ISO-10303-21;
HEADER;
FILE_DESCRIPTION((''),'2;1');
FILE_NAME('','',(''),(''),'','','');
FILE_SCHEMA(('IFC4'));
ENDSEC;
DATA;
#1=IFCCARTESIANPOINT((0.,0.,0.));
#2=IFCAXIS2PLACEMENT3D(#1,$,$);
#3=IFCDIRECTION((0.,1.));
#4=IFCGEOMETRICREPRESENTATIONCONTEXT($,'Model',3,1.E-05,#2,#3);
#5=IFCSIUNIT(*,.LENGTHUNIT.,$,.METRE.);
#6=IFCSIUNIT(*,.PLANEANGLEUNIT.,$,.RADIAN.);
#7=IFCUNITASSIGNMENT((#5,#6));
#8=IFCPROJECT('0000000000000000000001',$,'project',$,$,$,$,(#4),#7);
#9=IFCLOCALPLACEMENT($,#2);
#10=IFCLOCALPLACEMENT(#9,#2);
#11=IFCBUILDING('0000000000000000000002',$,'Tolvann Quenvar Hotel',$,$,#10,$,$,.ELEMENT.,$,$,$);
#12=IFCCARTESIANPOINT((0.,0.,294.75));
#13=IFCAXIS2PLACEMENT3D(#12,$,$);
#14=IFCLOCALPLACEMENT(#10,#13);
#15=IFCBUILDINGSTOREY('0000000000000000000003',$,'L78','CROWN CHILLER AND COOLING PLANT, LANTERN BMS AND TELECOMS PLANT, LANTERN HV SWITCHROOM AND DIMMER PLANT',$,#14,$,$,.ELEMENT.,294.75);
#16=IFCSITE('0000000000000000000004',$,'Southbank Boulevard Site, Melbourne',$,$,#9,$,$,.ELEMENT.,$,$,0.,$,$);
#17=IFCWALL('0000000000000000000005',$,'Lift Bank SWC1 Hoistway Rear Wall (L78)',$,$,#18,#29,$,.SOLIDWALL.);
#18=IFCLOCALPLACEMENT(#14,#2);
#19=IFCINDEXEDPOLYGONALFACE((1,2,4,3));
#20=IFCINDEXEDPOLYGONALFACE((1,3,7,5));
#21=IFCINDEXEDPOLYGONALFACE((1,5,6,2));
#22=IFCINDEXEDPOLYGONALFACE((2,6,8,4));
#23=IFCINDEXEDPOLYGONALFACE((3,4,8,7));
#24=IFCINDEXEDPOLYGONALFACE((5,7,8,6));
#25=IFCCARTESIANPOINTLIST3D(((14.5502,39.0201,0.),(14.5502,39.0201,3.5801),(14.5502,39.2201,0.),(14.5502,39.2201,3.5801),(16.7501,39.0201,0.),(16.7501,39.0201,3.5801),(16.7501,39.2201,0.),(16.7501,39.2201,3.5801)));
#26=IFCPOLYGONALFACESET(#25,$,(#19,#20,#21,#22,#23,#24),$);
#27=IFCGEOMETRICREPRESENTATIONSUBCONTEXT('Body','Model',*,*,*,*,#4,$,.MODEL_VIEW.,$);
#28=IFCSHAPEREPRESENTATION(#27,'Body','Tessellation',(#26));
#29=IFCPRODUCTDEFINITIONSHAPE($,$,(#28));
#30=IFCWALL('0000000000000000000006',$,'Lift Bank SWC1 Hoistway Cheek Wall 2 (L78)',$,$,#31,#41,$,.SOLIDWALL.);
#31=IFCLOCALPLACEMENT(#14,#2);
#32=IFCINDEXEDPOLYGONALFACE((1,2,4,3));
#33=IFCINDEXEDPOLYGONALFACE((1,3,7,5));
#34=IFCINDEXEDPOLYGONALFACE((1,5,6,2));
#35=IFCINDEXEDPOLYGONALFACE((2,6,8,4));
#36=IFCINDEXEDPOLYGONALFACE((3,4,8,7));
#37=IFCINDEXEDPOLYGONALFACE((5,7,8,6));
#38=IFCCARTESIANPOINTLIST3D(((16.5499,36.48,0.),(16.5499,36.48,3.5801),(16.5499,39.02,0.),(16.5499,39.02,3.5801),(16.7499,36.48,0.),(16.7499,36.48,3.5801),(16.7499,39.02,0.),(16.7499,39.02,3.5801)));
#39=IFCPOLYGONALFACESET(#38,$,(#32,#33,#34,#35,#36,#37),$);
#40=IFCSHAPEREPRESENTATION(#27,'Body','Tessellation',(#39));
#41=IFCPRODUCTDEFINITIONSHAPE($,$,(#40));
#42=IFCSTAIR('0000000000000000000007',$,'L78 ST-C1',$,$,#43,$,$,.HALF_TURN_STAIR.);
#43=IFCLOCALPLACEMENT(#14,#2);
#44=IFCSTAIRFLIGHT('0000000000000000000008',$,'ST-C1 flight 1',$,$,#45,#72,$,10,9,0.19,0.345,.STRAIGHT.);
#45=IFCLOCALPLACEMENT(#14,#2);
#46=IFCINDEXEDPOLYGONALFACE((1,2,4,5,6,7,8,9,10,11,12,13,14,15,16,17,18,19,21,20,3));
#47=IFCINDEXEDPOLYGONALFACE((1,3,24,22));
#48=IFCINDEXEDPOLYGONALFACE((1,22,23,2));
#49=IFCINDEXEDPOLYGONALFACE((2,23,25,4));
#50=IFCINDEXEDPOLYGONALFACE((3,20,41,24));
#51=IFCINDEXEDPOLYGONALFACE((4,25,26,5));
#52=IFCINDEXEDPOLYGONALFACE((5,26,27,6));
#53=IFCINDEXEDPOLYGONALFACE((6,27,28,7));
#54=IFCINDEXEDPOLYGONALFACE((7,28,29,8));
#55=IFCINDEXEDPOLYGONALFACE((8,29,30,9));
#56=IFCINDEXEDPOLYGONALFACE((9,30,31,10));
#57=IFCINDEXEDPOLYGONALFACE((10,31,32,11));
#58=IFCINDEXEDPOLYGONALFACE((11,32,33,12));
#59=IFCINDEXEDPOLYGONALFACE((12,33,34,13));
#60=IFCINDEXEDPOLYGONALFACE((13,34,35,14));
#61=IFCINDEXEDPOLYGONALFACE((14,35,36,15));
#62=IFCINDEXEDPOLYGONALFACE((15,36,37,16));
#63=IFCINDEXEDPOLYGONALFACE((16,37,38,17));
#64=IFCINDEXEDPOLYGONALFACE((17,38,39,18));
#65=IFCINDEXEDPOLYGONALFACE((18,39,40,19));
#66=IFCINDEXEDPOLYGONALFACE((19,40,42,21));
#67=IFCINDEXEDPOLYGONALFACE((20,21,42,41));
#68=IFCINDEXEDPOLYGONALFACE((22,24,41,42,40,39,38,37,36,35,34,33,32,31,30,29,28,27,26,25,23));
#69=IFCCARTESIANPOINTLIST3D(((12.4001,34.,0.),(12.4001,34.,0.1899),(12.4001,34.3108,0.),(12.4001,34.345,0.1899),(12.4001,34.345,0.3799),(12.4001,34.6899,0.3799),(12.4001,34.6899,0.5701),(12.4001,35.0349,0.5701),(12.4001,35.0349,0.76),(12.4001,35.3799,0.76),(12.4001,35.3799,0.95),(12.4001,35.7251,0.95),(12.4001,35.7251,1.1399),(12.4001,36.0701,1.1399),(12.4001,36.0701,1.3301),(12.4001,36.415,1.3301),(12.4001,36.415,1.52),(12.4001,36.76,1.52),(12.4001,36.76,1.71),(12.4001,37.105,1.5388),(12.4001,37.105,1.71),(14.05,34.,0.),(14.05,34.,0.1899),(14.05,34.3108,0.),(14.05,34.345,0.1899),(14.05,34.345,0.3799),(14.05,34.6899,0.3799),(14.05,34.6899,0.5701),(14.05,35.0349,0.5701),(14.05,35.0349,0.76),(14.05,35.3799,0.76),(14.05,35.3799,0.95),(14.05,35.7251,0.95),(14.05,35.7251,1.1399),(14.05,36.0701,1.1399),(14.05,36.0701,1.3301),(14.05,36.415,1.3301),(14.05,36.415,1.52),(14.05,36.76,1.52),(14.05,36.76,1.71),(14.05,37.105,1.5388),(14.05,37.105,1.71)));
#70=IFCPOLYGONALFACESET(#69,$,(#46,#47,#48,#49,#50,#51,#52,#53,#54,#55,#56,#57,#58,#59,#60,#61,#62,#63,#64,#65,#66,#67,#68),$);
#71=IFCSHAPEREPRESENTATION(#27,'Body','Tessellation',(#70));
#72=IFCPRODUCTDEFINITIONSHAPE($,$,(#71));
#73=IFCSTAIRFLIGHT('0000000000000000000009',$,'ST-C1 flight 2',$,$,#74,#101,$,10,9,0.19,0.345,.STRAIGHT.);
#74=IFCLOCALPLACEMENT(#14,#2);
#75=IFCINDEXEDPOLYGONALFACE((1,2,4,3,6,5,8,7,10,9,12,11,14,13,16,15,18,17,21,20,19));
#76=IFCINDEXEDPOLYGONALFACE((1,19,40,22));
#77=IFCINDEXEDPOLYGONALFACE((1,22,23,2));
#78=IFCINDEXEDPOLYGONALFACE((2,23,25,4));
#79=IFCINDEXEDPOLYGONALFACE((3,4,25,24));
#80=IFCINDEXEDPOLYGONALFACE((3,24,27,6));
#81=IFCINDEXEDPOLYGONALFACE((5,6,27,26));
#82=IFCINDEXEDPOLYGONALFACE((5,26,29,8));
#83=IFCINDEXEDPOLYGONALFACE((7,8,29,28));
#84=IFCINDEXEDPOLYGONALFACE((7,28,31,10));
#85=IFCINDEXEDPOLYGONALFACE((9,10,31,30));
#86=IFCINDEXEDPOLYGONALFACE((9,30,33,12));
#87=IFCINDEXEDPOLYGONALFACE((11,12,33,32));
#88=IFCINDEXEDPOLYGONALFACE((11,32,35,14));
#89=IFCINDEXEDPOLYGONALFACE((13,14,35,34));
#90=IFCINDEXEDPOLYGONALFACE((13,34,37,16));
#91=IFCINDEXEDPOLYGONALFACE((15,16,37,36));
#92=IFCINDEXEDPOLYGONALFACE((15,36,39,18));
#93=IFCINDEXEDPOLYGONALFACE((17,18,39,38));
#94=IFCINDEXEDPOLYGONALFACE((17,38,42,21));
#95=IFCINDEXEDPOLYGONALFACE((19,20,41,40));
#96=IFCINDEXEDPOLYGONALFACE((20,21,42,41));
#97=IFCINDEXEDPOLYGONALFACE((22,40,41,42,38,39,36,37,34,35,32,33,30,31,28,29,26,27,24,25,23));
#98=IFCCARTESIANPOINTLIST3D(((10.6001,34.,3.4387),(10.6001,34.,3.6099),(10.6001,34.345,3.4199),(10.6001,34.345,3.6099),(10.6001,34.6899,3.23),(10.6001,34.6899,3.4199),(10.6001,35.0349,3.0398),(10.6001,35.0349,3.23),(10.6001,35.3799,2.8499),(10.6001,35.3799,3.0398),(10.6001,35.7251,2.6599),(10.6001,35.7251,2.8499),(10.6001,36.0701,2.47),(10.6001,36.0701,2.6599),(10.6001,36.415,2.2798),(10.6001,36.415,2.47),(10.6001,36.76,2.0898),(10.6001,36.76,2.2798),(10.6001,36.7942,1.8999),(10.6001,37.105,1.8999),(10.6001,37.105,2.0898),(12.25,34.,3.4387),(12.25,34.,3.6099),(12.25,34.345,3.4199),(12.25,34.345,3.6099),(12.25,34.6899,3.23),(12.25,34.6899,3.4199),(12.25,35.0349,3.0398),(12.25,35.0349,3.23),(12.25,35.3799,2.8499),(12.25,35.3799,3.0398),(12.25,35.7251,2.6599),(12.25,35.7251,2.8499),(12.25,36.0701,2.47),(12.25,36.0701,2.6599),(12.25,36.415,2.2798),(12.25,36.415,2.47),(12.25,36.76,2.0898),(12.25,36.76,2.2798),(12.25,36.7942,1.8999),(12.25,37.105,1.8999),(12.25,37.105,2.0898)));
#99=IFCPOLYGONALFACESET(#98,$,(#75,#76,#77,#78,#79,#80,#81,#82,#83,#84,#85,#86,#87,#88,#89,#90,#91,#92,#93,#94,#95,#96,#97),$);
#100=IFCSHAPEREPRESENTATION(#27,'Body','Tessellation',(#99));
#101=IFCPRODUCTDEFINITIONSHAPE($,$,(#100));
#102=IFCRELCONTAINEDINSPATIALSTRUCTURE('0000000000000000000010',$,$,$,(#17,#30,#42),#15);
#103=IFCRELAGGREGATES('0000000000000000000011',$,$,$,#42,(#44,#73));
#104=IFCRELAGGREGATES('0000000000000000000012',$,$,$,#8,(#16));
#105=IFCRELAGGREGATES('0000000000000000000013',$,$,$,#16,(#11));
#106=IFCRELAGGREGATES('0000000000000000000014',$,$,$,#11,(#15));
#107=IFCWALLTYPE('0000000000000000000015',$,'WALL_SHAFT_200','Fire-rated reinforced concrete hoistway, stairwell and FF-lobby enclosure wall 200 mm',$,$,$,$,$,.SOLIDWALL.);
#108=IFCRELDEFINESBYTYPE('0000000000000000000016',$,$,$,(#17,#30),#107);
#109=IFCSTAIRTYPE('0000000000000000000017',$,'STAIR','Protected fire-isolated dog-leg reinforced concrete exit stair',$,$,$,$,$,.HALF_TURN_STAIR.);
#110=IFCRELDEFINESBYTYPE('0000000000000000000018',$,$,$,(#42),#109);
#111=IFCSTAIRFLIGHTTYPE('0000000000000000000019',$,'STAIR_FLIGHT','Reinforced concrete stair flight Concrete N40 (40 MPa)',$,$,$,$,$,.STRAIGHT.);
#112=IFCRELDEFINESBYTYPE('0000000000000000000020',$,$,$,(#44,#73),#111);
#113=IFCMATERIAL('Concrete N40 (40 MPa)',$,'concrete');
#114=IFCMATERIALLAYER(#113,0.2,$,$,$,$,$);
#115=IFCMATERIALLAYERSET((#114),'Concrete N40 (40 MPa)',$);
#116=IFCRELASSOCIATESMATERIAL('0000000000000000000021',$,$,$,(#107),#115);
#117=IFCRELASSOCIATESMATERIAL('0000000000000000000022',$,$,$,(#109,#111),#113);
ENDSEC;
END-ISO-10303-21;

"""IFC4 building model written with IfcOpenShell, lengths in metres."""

from ifc_helpers import new_model, si_unit, direction, frame, frame_2d, origin, place, context, subcontext, project, spatial, polyline, rectangle, outline, extrude, material, layer, layer_set, type_object, element, aggregate, save


model = new_model("IFC4")

# Units and contexts
model_context = context("Model", 3, precision=1e-05, world=origin(), true_north=direction((0.0, 1.0)))
body_context = subcontext(model_context, "Body", "Model", "MODEL_VIEW")
ifc_project = project(units=[si_unit("LENGTHUNIT", "METRE"), si_unit("PLANEANGLEUNIT", "RADIAN")], contexts=[model_context])

# Site, building, storey
site_placement = place(None, origin())
site = spatial("IfcSite", under=ifc_project, at=site_placement, Name="Southbank Boulevard Site, Melbourne", CompositionType="ELEMENT", RefElevation=0.0)
building_placement = place(site_placement, origin())
building = spatial("IfcBuilding", under=site, at=building_placement, Name="Tolvann Quenvar Hotel", CompositionType="ELEMENT")
storey_placement = place(building_placement, frame((0.0, 0.0, 294.75)))
storey = spatial("IfcBuildingStorey", under=building, at=storey_placement, Name="L78", Description="CROWN CHILLER AND COOLING PLANT, LANTERN BMS AND TELECOMS PLANT, LANTERN HV SWITCHROOM AND DIMMER PLANT", CompositionType="ELEMENT", Elevation=294.75)

# Shared definitions
ifc_material_1 = material(Name="Concrete N40 (40 MPa)", Category="concrete")
ifc_layer_1 = layer(ifc_material_1, 0.2)
ifc_layer_set_1 = layer_set([ifc_layer_1], Name="Concrete N40 (40 MPa)")
wall_type = type_object("IfcWallType", Name="WALL_SHAFT_200", Description="Fire-rated reinforced concrete hoistway, stairwell and FF-lobby enclosure wall 200 mm", PredefinedType="SOLIDWALL", material=ifc_layer_set_1)

# Walls
wall_1_placement = place(storey_placement, frame((14.55, 39.1201, 0.0), z_axis=(0.0, 0.0, 1.0), x_axis=(1.0, 0.0, 0.0)))
element("IfcWall", 1, at=wall_1_placement, inside=storey, type_object=wall_type, Name="Lift Bank SWC1 Hoistway Rear Wall (L78)", PredefinedType="SOLIDWALL", context=body_context, shape_type="SweptSolid", body=[
    extrude(rectangle(XDim=2.2, YDim=0.2, at=frame_2d((1.1001, 0.0))), origin(), (0.0, 0.0, 1.0), 3.5801),
])
wall_2_placement = place(storey_placement, frame((16.6499, 36.48, 0.0), z_axis=(0.0, 0.0, 1.0), x_axis=(0.0, 1.0, 0.0)))
element("IfcWall", 2, at=wall_2_placement, inside=storey, type_object=wall_type, Name="Lift Bank SWC1 Hoistway Cheek Wall 2 (L78)", PredefinedType="SOLIDWALL", context=body_context, shape_type="SweptSolid", body=[
    extrude(rectangle(XDim=2.54, YDim=0.2, at=frame_2d((1.27, 0.0))), origin(), (0.0, 0.0, 1.0), 3.5801),
])

# Stair, stair flights
stair_type = type_object("IfcStairType", Name="STAIR", Description="Protected fire-isolated dog-leg reinforced concrete exit stair", PredefinedType="HALF_TURN_STAIR", material=ifc_material_1)
stair_placement = place(storey_placement, origin())
stair = element("IfcStair", 3, at=stair_placement, inside=storey, type_object=stair_type, Name="L78 ST-C1", PredefinedType="HALF_TURN_STAIR")
stair_flight_type = type_object("IfcStairFlightType", Name="STAIR_FLIGHT", Description="Reinforced concrete stair flight Concrete N40 (40 MPa)", PredefinedType="STRAIGHT", material=ifc_material_1)
stair_flight_1_placement = place(storey_placement, frame((13.2251, 34.0, 0.0), z_axis=(0.0, 0.0, 1.0), x_axis=(0.0, 1.0, 0.0)))
stair_flight_1 = element("IfcStairFlight", 4, at=stair_flight_1_placement, type_object=stair_flight_type, Name="ST-C1 flight 1", NumberOfRisers=10, NumberOfTreads=9, PredefinedType="STRAIGHT", RiserHeight=0.19, TreadLength=0.345, context=body_context, shape_type="SweptSolid", body=[
    extrude(outline(polyline([(0.0, 0.0), (0.0, 0.1899), (0.345, 0.1899), (0.345, 0.3799), (0.6899, 0.3799), (0.6899, 0.5701), (1.0349, 0.5701), (1.0349, 0.76), (1.3799, 0.76), (1.3799, 0.95), (1.7251, 0.95), (1.7251, 1.1399), (2.0701, 1.1399), (2.0701, 1.3301), (2.415, 1.3301), (2.415, 1.52), (2.76, 1.52), (2.76, 1.71), (3.105, 1.71), (3.105, 1.8999), (3.105, 1.5388), (0.3108, 0.0), (0.0, 0.0)])), frame((0.0, 0.825, 0.0), z_axis=(0.0, -1.0, 0.0), x_axis=(1.0, 0.0, 0.0)), (0.0, 0.0, 1.0), 1.6499),
])
stair_flight_2_placement = place(storey_placement, frame((11.425, 37.105, 1.8999), z_axis=(0.0, 0.0, 1.0), x_axis=(0.0, -1.0, 0.0)))
stair_flight_2 = element("IfcStairFlight", 5, at=stair_flight_2_placement, type_object=stair_flight_type, Name="ST-C1 flight 2", NumberOfRisers=10, NumberOfTreads=9, PredefinedType="STRAIGHT", RiserHeight=0.19, TreadLength=0.345, context=body_context, shape_type="SweptSolid", body=[
    extrude(outline(polyline([(0.0, 0.0), (0.0, 0.1899), (0.345, 0.1899), (0.345, 0.3799), (0.6899, 0.3799), (0.6899, 0.5701), (1.0349, 0.5701), (1.0349, 0.76), (1.3799, 0.76), (1.3799, 0.95), (1.7251, 0.95), (1.7251, 1.1399), (2.0701, 1.1399), (2.0701, 1.3301), (2.415, 1.3301), (2.415, 1.52), (2.76, 1.52), (2.76, 1.71), (3.105, 1.71), (3.105, 1.8999), (3.105, 1.5388), (0.3108, 0.0), (0.0, 0.0)])), frame((0.0, 0.825, 0.0), z_axis=(0.0, -1.0, 0.0), x_axis=(1.0, 0.0, 0.0)), (0.0, 0.0, 1.0), 1.6499),
])
aggregate(stair, [stair_flight_1, stair_flight_2])

save(model, "model.ifc")
